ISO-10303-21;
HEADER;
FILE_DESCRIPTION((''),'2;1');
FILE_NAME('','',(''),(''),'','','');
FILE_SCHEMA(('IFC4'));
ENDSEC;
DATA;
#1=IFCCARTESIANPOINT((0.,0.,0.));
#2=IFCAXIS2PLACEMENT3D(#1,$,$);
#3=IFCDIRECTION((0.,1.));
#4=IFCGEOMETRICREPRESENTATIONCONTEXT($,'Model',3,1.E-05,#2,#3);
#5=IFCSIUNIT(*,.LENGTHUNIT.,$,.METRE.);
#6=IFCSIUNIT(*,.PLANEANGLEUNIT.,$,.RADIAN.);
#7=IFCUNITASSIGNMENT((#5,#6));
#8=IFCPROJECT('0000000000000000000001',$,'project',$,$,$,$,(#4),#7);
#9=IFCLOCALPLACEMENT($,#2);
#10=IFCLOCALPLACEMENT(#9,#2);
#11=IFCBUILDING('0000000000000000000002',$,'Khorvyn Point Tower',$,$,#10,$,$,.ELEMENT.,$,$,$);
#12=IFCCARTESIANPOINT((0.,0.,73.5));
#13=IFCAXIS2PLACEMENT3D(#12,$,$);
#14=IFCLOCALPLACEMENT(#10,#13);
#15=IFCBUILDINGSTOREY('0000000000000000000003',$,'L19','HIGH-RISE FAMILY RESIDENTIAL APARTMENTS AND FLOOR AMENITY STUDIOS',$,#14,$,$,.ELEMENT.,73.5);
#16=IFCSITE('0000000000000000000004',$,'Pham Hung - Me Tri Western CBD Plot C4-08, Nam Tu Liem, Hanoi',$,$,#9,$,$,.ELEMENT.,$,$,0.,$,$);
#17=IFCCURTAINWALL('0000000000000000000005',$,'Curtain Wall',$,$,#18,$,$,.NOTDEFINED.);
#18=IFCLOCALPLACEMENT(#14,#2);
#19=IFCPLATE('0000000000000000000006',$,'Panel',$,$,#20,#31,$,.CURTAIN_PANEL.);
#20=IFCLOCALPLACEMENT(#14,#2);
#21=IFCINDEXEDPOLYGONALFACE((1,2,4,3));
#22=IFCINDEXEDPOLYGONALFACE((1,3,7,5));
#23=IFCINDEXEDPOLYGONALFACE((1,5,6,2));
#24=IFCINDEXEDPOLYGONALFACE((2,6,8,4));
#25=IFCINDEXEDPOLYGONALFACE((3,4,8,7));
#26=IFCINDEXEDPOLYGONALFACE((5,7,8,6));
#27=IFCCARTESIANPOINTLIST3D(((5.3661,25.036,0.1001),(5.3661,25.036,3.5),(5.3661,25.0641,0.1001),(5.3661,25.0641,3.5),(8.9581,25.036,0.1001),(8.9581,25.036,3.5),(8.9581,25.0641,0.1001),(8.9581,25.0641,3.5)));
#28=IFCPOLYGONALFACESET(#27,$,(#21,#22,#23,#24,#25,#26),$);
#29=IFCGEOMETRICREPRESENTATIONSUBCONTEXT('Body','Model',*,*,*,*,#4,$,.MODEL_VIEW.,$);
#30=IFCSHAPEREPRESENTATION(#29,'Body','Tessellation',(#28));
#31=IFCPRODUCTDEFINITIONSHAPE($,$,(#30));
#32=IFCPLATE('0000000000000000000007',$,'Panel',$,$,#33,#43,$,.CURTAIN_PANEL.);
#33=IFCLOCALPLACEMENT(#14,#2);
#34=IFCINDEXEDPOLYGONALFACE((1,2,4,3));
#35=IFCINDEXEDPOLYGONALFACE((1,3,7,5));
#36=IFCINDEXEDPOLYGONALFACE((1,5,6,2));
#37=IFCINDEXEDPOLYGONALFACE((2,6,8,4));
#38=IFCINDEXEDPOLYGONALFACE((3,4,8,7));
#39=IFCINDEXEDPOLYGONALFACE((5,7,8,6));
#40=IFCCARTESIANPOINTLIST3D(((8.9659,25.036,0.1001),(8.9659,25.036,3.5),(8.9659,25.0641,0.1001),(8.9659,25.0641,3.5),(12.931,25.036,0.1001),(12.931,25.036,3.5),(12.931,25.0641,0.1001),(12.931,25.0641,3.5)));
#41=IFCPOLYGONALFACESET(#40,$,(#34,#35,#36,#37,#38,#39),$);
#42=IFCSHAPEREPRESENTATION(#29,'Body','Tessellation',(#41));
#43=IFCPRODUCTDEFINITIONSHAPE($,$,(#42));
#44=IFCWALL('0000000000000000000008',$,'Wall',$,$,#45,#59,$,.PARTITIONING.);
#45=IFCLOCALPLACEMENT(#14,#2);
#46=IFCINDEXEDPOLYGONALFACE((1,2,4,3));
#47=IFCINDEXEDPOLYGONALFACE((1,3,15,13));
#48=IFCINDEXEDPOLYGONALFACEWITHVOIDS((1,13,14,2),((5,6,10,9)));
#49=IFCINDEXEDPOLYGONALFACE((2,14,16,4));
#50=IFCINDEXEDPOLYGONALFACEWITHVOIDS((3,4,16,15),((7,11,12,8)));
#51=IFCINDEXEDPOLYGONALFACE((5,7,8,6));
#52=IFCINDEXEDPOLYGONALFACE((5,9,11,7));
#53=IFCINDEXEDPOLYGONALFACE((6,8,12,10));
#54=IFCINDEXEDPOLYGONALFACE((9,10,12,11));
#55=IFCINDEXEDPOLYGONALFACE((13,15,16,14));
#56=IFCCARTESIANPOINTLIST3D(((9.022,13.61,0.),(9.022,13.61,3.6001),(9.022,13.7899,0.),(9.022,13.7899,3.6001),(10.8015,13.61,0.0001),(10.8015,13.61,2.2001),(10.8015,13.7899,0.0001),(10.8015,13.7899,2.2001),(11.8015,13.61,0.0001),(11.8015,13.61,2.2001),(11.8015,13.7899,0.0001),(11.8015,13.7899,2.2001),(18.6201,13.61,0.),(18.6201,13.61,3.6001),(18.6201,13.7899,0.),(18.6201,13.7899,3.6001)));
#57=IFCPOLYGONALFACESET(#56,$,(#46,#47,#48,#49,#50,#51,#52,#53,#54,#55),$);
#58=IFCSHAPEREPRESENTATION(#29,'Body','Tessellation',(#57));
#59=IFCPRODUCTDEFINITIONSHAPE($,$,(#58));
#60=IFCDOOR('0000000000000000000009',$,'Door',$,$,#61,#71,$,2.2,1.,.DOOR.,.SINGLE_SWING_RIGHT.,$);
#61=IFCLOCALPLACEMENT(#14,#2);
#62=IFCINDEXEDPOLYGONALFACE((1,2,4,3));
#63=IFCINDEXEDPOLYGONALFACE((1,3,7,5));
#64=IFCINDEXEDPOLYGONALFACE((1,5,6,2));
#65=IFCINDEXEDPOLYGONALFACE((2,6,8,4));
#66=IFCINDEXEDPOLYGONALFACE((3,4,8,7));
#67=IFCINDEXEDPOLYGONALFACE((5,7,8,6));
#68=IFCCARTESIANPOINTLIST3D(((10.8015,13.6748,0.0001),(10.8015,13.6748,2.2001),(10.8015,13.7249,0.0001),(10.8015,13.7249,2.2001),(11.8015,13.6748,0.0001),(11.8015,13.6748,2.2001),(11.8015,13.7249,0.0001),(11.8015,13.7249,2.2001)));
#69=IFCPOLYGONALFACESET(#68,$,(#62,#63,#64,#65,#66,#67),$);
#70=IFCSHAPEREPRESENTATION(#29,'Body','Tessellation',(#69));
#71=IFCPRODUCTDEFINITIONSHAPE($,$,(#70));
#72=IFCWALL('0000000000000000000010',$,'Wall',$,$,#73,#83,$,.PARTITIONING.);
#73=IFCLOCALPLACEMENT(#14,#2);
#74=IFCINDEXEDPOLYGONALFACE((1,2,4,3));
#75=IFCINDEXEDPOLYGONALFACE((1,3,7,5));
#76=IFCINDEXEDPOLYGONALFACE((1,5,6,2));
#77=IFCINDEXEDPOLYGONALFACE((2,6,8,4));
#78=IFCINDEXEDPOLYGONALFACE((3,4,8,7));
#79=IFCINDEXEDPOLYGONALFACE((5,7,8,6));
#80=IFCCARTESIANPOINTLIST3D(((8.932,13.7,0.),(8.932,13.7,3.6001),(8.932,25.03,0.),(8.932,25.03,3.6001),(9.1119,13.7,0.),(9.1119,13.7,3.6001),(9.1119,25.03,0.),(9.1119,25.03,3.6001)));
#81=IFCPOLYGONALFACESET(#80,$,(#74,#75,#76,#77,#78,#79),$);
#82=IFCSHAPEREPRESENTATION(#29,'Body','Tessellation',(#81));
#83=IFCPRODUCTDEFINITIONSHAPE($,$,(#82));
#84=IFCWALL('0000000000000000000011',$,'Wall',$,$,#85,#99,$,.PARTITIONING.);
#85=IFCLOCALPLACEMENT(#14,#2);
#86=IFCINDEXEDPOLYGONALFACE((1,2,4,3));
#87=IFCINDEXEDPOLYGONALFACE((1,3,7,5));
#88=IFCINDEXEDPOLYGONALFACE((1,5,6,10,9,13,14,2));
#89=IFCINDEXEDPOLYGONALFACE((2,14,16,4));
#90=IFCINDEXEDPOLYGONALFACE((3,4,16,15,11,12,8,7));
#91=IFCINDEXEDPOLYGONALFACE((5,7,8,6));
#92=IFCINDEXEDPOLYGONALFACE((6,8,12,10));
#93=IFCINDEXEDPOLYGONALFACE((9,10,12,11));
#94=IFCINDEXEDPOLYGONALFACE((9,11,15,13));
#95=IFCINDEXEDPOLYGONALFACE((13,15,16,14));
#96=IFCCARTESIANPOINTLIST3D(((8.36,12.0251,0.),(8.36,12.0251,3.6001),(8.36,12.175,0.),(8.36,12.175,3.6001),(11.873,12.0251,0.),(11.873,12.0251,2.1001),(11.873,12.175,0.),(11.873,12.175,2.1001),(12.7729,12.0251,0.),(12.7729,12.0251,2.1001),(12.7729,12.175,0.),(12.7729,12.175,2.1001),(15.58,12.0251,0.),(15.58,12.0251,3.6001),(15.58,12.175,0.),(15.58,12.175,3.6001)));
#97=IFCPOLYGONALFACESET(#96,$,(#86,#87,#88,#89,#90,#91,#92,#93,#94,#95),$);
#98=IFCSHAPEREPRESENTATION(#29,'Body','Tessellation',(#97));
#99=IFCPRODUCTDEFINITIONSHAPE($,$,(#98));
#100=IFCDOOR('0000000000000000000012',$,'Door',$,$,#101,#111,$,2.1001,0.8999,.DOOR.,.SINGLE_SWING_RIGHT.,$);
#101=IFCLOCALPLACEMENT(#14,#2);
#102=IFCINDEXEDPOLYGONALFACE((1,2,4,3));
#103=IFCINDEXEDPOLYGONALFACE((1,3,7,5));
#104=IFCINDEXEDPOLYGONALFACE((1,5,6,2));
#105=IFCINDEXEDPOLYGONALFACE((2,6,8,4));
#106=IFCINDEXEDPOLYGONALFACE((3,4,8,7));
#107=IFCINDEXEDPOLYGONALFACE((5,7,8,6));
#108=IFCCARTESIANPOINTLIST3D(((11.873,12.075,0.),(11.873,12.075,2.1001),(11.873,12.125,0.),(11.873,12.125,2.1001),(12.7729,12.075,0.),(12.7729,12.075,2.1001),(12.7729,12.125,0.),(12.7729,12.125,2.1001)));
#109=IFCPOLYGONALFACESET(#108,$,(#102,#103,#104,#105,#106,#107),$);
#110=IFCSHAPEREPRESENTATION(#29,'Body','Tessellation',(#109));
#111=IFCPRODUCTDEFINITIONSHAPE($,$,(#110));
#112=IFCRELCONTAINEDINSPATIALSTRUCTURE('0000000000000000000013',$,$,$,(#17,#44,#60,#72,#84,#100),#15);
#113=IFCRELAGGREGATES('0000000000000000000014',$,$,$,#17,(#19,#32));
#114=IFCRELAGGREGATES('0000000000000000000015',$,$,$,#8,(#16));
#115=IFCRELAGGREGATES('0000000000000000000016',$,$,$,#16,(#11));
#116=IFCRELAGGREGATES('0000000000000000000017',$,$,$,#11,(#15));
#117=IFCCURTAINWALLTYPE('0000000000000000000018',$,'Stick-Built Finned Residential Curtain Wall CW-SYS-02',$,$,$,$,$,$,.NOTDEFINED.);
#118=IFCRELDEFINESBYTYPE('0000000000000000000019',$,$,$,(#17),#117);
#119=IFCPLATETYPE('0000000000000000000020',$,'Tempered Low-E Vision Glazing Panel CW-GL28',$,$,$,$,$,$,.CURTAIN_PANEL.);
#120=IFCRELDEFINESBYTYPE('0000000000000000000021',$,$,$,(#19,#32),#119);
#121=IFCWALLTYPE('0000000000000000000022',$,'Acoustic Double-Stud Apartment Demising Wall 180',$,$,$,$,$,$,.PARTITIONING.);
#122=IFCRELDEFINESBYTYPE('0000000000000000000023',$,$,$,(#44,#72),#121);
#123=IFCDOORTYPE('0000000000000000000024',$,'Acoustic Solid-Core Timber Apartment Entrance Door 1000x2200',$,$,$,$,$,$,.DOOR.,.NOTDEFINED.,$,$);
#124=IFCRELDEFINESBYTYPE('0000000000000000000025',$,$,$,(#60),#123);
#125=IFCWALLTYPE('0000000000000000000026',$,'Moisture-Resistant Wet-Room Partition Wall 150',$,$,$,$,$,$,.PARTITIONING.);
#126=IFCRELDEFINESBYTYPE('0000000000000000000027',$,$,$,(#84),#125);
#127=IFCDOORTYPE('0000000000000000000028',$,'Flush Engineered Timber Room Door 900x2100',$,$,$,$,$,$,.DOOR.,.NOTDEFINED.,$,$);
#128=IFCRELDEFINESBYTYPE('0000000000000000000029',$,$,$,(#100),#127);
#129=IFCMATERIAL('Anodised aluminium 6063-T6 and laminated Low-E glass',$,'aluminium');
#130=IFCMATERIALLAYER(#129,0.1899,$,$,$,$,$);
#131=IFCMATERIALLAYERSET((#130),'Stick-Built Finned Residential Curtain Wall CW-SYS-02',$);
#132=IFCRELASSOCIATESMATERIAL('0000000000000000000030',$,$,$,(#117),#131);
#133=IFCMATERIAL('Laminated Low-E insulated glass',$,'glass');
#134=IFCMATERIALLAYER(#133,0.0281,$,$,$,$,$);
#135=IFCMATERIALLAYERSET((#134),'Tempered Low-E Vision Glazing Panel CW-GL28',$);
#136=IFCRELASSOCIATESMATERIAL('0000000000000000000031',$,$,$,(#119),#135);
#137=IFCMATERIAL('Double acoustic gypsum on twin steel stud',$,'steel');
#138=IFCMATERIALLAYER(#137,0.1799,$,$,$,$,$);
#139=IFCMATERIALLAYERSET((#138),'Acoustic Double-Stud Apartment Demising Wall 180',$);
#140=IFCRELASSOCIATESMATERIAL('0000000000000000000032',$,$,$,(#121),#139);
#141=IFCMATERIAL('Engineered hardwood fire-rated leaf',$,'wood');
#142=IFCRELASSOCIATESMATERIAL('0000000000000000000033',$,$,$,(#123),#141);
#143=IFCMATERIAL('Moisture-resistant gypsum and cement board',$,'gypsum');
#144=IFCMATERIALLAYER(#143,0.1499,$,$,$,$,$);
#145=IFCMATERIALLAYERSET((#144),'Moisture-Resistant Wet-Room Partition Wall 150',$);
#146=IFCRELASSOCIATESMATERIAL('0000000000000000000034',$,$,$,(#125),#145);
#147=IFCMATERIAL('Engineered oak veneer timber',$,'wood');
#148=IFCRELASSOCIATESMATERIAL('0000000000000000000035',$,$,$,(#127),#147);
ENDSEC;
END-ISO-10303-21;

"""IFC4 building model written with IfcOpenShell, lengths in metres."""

from ifc_helpers import new_model, si_unit, direction, frame, frame_2d, origin, origin_2d, place, context, subcontext, project, spatial, rectangle, extrude, material, layer, layer_set, type_object, element, fill, aggregate, save


model = new_model("IFC4")

# Units and contexts
model_context = context("Model", 3, precision=1e-05, world=origin(), true_north=direction((0.0, 1.0)))
body_context = subcontext(model_context, "Body", "Model", "MODEL_VIEW")
ifc_project = project(units=[si_unit("LENGTHUNIT", "METRE"), si_unit("PLANEANGLEUNIT", "RADIAN")], contexts=[model_context])

# Site, building, storey
site_placement = place(None, origin())
site = spatial("IfcSite", under=ifc_project, at=site_placement, Name="Pham Hung - Me Tri Western CBD Plot C4-08, Nam Tu Liem, Hanoi", CompositionType="ELEMENT", RefElevation=0.0)
building_placement = place(site_placement, origin())
building = spatial("IfcBuilding", under=site, at=building_placement, Name="Khorvyn Point Tower", CompositionType="ELEMENT")
storey_placement = place(building_placement, frame((0.0, 0.0, 73.5)))
storey = spatial("IfcBuildingStorey", under=building, at=storey_placement, Name="L19", Description="HIGH-RISE FAMILY RESIDENTIAL APARTMENTS AND FLOOR AMENITY STUDIOS", CompositionType="ELEMENT", Elevation=73.5)

# Curtain wall, plates
ifc_material_1 = material(Name="Anodised aluminium 6063-T6 and laminated Low-E glass", Category="aluminium")
ifc_layer_1 = layer(ifc_material_1, 0.1899)
ifc_layer_set_1 = layer_set([ifc_layer_1], Name="Stick-Built Finned Residential Curtain Wall CW-SYS-02")
curtain_wall_type = type_object("IfcCurtainWallType", Name="Stick-Built Finned Residential Curtain Wall CW-SYS-02", PredefinedType="NOTDEFINED", material=ifc_layer_set_1)
curtain_wall_placement = place(storey_placement, origin())
curtain_wall = element("IfcCurtainWall", 1, at=curtain_wall_placement, inside=storey, type_object=curtain_wall_type, Name="Curtain Wall", PredefinedType="NOTDEFINED")
ifc_material_2 = material(Name="Laminated Low-E insulated glass", Category="glass")
ifc_layer_2 = layer(ifc_material_2, 0.0281)
ifc_layer_set_2 = layer_set([ifc_layer_2], Name="Tempered Low-E Vision Glazing Panel CW-GL28")
plate_type = type_object("IfcPlateType", Name="Tempered Low-E Vision Glazing Panel CW-GL28", PredefinedType="CURTAIN_PANEL", material=ifc_layer_set_2)
plate_1_placement = place(storey_placement, frame((7.1621, 25.05, 0.1001), z_axis=(0.0, 0.0, 1.0), x_axis=(1.0, 0.0, 0.0)))
plate_1 = element("IfcPlate", 2, at=plate_1_placement, type_object=plate_type, Name="Panel", PredefinedType="CURTAIN_PANEL", context=body_context, shape_type="SweptSolid", body=[
    extrude(rectangle(XDim=3.592, YDim=0.0281, at=origin_2d()), origin(), (0.0, 0.0, 1.0), 3.3999),
])
plate_2_placement = place(storey_placement, frame((10.9485, 25.05, 0.1001), z_axis=(0.0, 0.0, 1.0), x_axis=(1.0, 0.0, 0.0)))
plate_2 = element("IfcPlate", 3, at=plate_2_placement, type_object=plate_type, Name="Panel", PredefinedType="CURTAIN_PANEL", context=body_context, shape_type="SweptSolid", body=[
    extrude(rectangle(XDim=3.9651, YDim=0.0281, at=origin_2d()), origin(), (0.0, 0.0, 1.0), 3.3999),
])
aggregate(curtain_wall, [plate_1, plate_2])

# Wall, opening, door
ifc_material_3 = material(Name="Double acoustic gypsum on twin steel stud", Category="steel")
ifc_layer_3 = layer(ifc_material_3, 0.1799)
ifc_layer_set_3 = layer_set([ifc_layer_3], Name="Acoustic Double-Stud Apartment Demising Wall 180")
wall_type_1 = type_object("IfcWallType", Name="Acoustic Double-Stud Apartment Demising Wall 180", PredefinedType="PARTITIONING", material=ifc_layer_set_3)
wall_1_placement = place(storey_placement, frame((9.022, 13.7, 0.0), z_axis=(0.0, 0.0, 1.0), x_axis=(1.0, 0.0, 0.0)))
wall_1 = element("IfcWall", 4, at=wall_1_placement, inside=storey, type_object=wall_type_1, Name="Wall", PredefinedType="PARTITIONING", context=body_context, shape_type="SweptSolid", body=[
    extrude(rectangle(XDim=9.5981, YDim=0.1799, at=frame_2d((4.7991, 0.0))), origin(), (0.0, 0.0, 1.0), 3.6001),
])
opening_1_placement = place(wall_1_placement, frame((1.7795, 0.0, 0.0)))
opening_1 = element("IfcOpeningElement", 5, at=opening_1_placement, cuts=wall_1, PredefinedType="OPENING", context=body_context, shape_type="SweptSolid", body=[
    extrude(rectangle(XDim=1.0, YDim=2.2, at=frame_2d((0.5, 1.1001))), frame((0.0, 0.0999, 0.0), z_axis=(0.0, -1.0, 0.0), x_axis=(1.0, 0.0, 0.0)), (0.0, 0.0, 1.0), 0.2),
])
ifc_material_4 = material(Name="Engineered hardwood fire-rated leaf", Category="wood")
door_type_1 = type_object("IfcDoorType", Name="Acoustic Solid-Core Timber Apartment Entrance Door 1000x2200", OperationType="NOTDEFINED", PredefinedType="DOOR", material=ifc_material_4)
door_1_placement = place(opening_1_placement, origin())
door_1 = element("IfcDoor", 6, at=door_1_placement, inside=storey, type_object=door_type_1, Name="Door", OperationType="SINGLE_SWING_RIGHT", OverallHeight=2.2, OverallWidth=1.0, PredefinedType="DOOR", context=body_context, shape_type="SweptSolid", body=[
    extrude(rectangle(XDim=1.0, YDim=2.2, at=frame_2d((0.5, 1.1001))), frame((0.0, 0.0249, 0.0), z_axis=(0.0, -1.0, 0.0), x_axis=(1.0, 0.0, 0.0)), (0.0, 0.0, 1.0), 0.05),
])
fill(opening_1, door_1)

# Wall
wall_2_placement = place(storey_placement, frame((9.022, 13.7, 0.0), z_axis=(0.0, 0.0, 1.0), x_axis=(0.0, 1.0, 0.0)))
element("IfcWall", 7, at=wall_2_placement, inside=storey, type_object=wall_type_1, Name="Wall", PredefinedType="PARTITIONING", context=body_context, shape_type="SweptSolid", body=[
    extrude(rectangle(XDim=11.3301, YDim=0.1799, at=frame_2d((5.665, 0.0))), origin(), (0.0, 0.0, 1.0), 3.6001),
])

# Wall, opening, door
ifc_material_5 = material(Name="Moisture-resistant gypsum and cement board", Category="gypsum")
ifc_layer_4 = layer(ifc_material_5, 0.1499)
ifc_layer_set_4 = layer_set([ifc_layer_4], Name="Moisture-Resistant Wet-Room Partition Wall 150")
wall_type_2 = type_object("IfcWallType", Name="Moisture-Resistant Wet-Room Partition Wall 150", PredefinedType="PARTITIONING", material=ifc_layer_set_4)
wall_3_placement = place(storey_placement, frame((8.3601, 12.1001, 0.0), z_axis=(0.0, 0.0, 1.0), x_axis=(1.0, 0.0, 0.0)))
wall_3 = element("IfcWall", 8, at=wall_3_placement, inside=storey, type_object=wall_type_2, Name="Wall", PredefinedType="PARTITIONING", context=body_context, shape_type="SweptSolid", body=[
    extrude(rectangle(XDim=7.22, YDim=0.1499, at=frame_2d((3.6099, 0.0))), origin(), (0.0, 0.0, 1.0), 3.6001),
])
opening_2_placement = place(wall_3_placement, frame((3.5129, 0.0, 0.0)))
opening_2 = element("IfcOpeningElement", 9, at=opening_2_placement, cuts=wall_3, PredefinedType="OPENING", context=body_context, shape_type="SweptSolid", body=[
    extrude(rectangle(XDim=0.8999, YDim=2.1001, at=frame_2d((0.45, 1.05))), frame((0.0, 0.085, 0.0), z_axis=(0.0, -1.0, 0.0), x_axis=(1.0, 0.0, 0.0)), (0.0, 0.0, 1.0), 0.1699),
])
ifc_material_6 = material(Name="Engineered oak veneer timber", Category="wood")
door_type_2 = type_object("IfcDoorType", Name="Flush Engineered Timber Room Door 900x2100", OperationType="NOTDEFINED", PredefinedType="DOOR", material=ifc_material_6)
door_2_placement = place(opening_2_placement, origin())
door_2 = element("IfcDoor", 10, at=door_2_placement, inside=storey, type_object=door_type_2, Name="Door", OperationType="SINGLE_SWING_RIGHT", OverallHeight=2.1001, OverallWidth=0.8999, PredefinedType="DOOR", context=body_context, shape_type="SweptSolid", body=[
    extrude(rectangle(XDim=0.8999, YDim=2.1001, at=frame_2d((0.45, 1.05))), frame((0.0, 0.0249, 0.0), z_axis=(0.0, -1.0, 0.0), x_axis=(1.0, 0.0, 0.0)), (0.0, 0.0, 1.0), 0.05),
])
fill(opening_2, door_2)

save(model, "model.ifc")
